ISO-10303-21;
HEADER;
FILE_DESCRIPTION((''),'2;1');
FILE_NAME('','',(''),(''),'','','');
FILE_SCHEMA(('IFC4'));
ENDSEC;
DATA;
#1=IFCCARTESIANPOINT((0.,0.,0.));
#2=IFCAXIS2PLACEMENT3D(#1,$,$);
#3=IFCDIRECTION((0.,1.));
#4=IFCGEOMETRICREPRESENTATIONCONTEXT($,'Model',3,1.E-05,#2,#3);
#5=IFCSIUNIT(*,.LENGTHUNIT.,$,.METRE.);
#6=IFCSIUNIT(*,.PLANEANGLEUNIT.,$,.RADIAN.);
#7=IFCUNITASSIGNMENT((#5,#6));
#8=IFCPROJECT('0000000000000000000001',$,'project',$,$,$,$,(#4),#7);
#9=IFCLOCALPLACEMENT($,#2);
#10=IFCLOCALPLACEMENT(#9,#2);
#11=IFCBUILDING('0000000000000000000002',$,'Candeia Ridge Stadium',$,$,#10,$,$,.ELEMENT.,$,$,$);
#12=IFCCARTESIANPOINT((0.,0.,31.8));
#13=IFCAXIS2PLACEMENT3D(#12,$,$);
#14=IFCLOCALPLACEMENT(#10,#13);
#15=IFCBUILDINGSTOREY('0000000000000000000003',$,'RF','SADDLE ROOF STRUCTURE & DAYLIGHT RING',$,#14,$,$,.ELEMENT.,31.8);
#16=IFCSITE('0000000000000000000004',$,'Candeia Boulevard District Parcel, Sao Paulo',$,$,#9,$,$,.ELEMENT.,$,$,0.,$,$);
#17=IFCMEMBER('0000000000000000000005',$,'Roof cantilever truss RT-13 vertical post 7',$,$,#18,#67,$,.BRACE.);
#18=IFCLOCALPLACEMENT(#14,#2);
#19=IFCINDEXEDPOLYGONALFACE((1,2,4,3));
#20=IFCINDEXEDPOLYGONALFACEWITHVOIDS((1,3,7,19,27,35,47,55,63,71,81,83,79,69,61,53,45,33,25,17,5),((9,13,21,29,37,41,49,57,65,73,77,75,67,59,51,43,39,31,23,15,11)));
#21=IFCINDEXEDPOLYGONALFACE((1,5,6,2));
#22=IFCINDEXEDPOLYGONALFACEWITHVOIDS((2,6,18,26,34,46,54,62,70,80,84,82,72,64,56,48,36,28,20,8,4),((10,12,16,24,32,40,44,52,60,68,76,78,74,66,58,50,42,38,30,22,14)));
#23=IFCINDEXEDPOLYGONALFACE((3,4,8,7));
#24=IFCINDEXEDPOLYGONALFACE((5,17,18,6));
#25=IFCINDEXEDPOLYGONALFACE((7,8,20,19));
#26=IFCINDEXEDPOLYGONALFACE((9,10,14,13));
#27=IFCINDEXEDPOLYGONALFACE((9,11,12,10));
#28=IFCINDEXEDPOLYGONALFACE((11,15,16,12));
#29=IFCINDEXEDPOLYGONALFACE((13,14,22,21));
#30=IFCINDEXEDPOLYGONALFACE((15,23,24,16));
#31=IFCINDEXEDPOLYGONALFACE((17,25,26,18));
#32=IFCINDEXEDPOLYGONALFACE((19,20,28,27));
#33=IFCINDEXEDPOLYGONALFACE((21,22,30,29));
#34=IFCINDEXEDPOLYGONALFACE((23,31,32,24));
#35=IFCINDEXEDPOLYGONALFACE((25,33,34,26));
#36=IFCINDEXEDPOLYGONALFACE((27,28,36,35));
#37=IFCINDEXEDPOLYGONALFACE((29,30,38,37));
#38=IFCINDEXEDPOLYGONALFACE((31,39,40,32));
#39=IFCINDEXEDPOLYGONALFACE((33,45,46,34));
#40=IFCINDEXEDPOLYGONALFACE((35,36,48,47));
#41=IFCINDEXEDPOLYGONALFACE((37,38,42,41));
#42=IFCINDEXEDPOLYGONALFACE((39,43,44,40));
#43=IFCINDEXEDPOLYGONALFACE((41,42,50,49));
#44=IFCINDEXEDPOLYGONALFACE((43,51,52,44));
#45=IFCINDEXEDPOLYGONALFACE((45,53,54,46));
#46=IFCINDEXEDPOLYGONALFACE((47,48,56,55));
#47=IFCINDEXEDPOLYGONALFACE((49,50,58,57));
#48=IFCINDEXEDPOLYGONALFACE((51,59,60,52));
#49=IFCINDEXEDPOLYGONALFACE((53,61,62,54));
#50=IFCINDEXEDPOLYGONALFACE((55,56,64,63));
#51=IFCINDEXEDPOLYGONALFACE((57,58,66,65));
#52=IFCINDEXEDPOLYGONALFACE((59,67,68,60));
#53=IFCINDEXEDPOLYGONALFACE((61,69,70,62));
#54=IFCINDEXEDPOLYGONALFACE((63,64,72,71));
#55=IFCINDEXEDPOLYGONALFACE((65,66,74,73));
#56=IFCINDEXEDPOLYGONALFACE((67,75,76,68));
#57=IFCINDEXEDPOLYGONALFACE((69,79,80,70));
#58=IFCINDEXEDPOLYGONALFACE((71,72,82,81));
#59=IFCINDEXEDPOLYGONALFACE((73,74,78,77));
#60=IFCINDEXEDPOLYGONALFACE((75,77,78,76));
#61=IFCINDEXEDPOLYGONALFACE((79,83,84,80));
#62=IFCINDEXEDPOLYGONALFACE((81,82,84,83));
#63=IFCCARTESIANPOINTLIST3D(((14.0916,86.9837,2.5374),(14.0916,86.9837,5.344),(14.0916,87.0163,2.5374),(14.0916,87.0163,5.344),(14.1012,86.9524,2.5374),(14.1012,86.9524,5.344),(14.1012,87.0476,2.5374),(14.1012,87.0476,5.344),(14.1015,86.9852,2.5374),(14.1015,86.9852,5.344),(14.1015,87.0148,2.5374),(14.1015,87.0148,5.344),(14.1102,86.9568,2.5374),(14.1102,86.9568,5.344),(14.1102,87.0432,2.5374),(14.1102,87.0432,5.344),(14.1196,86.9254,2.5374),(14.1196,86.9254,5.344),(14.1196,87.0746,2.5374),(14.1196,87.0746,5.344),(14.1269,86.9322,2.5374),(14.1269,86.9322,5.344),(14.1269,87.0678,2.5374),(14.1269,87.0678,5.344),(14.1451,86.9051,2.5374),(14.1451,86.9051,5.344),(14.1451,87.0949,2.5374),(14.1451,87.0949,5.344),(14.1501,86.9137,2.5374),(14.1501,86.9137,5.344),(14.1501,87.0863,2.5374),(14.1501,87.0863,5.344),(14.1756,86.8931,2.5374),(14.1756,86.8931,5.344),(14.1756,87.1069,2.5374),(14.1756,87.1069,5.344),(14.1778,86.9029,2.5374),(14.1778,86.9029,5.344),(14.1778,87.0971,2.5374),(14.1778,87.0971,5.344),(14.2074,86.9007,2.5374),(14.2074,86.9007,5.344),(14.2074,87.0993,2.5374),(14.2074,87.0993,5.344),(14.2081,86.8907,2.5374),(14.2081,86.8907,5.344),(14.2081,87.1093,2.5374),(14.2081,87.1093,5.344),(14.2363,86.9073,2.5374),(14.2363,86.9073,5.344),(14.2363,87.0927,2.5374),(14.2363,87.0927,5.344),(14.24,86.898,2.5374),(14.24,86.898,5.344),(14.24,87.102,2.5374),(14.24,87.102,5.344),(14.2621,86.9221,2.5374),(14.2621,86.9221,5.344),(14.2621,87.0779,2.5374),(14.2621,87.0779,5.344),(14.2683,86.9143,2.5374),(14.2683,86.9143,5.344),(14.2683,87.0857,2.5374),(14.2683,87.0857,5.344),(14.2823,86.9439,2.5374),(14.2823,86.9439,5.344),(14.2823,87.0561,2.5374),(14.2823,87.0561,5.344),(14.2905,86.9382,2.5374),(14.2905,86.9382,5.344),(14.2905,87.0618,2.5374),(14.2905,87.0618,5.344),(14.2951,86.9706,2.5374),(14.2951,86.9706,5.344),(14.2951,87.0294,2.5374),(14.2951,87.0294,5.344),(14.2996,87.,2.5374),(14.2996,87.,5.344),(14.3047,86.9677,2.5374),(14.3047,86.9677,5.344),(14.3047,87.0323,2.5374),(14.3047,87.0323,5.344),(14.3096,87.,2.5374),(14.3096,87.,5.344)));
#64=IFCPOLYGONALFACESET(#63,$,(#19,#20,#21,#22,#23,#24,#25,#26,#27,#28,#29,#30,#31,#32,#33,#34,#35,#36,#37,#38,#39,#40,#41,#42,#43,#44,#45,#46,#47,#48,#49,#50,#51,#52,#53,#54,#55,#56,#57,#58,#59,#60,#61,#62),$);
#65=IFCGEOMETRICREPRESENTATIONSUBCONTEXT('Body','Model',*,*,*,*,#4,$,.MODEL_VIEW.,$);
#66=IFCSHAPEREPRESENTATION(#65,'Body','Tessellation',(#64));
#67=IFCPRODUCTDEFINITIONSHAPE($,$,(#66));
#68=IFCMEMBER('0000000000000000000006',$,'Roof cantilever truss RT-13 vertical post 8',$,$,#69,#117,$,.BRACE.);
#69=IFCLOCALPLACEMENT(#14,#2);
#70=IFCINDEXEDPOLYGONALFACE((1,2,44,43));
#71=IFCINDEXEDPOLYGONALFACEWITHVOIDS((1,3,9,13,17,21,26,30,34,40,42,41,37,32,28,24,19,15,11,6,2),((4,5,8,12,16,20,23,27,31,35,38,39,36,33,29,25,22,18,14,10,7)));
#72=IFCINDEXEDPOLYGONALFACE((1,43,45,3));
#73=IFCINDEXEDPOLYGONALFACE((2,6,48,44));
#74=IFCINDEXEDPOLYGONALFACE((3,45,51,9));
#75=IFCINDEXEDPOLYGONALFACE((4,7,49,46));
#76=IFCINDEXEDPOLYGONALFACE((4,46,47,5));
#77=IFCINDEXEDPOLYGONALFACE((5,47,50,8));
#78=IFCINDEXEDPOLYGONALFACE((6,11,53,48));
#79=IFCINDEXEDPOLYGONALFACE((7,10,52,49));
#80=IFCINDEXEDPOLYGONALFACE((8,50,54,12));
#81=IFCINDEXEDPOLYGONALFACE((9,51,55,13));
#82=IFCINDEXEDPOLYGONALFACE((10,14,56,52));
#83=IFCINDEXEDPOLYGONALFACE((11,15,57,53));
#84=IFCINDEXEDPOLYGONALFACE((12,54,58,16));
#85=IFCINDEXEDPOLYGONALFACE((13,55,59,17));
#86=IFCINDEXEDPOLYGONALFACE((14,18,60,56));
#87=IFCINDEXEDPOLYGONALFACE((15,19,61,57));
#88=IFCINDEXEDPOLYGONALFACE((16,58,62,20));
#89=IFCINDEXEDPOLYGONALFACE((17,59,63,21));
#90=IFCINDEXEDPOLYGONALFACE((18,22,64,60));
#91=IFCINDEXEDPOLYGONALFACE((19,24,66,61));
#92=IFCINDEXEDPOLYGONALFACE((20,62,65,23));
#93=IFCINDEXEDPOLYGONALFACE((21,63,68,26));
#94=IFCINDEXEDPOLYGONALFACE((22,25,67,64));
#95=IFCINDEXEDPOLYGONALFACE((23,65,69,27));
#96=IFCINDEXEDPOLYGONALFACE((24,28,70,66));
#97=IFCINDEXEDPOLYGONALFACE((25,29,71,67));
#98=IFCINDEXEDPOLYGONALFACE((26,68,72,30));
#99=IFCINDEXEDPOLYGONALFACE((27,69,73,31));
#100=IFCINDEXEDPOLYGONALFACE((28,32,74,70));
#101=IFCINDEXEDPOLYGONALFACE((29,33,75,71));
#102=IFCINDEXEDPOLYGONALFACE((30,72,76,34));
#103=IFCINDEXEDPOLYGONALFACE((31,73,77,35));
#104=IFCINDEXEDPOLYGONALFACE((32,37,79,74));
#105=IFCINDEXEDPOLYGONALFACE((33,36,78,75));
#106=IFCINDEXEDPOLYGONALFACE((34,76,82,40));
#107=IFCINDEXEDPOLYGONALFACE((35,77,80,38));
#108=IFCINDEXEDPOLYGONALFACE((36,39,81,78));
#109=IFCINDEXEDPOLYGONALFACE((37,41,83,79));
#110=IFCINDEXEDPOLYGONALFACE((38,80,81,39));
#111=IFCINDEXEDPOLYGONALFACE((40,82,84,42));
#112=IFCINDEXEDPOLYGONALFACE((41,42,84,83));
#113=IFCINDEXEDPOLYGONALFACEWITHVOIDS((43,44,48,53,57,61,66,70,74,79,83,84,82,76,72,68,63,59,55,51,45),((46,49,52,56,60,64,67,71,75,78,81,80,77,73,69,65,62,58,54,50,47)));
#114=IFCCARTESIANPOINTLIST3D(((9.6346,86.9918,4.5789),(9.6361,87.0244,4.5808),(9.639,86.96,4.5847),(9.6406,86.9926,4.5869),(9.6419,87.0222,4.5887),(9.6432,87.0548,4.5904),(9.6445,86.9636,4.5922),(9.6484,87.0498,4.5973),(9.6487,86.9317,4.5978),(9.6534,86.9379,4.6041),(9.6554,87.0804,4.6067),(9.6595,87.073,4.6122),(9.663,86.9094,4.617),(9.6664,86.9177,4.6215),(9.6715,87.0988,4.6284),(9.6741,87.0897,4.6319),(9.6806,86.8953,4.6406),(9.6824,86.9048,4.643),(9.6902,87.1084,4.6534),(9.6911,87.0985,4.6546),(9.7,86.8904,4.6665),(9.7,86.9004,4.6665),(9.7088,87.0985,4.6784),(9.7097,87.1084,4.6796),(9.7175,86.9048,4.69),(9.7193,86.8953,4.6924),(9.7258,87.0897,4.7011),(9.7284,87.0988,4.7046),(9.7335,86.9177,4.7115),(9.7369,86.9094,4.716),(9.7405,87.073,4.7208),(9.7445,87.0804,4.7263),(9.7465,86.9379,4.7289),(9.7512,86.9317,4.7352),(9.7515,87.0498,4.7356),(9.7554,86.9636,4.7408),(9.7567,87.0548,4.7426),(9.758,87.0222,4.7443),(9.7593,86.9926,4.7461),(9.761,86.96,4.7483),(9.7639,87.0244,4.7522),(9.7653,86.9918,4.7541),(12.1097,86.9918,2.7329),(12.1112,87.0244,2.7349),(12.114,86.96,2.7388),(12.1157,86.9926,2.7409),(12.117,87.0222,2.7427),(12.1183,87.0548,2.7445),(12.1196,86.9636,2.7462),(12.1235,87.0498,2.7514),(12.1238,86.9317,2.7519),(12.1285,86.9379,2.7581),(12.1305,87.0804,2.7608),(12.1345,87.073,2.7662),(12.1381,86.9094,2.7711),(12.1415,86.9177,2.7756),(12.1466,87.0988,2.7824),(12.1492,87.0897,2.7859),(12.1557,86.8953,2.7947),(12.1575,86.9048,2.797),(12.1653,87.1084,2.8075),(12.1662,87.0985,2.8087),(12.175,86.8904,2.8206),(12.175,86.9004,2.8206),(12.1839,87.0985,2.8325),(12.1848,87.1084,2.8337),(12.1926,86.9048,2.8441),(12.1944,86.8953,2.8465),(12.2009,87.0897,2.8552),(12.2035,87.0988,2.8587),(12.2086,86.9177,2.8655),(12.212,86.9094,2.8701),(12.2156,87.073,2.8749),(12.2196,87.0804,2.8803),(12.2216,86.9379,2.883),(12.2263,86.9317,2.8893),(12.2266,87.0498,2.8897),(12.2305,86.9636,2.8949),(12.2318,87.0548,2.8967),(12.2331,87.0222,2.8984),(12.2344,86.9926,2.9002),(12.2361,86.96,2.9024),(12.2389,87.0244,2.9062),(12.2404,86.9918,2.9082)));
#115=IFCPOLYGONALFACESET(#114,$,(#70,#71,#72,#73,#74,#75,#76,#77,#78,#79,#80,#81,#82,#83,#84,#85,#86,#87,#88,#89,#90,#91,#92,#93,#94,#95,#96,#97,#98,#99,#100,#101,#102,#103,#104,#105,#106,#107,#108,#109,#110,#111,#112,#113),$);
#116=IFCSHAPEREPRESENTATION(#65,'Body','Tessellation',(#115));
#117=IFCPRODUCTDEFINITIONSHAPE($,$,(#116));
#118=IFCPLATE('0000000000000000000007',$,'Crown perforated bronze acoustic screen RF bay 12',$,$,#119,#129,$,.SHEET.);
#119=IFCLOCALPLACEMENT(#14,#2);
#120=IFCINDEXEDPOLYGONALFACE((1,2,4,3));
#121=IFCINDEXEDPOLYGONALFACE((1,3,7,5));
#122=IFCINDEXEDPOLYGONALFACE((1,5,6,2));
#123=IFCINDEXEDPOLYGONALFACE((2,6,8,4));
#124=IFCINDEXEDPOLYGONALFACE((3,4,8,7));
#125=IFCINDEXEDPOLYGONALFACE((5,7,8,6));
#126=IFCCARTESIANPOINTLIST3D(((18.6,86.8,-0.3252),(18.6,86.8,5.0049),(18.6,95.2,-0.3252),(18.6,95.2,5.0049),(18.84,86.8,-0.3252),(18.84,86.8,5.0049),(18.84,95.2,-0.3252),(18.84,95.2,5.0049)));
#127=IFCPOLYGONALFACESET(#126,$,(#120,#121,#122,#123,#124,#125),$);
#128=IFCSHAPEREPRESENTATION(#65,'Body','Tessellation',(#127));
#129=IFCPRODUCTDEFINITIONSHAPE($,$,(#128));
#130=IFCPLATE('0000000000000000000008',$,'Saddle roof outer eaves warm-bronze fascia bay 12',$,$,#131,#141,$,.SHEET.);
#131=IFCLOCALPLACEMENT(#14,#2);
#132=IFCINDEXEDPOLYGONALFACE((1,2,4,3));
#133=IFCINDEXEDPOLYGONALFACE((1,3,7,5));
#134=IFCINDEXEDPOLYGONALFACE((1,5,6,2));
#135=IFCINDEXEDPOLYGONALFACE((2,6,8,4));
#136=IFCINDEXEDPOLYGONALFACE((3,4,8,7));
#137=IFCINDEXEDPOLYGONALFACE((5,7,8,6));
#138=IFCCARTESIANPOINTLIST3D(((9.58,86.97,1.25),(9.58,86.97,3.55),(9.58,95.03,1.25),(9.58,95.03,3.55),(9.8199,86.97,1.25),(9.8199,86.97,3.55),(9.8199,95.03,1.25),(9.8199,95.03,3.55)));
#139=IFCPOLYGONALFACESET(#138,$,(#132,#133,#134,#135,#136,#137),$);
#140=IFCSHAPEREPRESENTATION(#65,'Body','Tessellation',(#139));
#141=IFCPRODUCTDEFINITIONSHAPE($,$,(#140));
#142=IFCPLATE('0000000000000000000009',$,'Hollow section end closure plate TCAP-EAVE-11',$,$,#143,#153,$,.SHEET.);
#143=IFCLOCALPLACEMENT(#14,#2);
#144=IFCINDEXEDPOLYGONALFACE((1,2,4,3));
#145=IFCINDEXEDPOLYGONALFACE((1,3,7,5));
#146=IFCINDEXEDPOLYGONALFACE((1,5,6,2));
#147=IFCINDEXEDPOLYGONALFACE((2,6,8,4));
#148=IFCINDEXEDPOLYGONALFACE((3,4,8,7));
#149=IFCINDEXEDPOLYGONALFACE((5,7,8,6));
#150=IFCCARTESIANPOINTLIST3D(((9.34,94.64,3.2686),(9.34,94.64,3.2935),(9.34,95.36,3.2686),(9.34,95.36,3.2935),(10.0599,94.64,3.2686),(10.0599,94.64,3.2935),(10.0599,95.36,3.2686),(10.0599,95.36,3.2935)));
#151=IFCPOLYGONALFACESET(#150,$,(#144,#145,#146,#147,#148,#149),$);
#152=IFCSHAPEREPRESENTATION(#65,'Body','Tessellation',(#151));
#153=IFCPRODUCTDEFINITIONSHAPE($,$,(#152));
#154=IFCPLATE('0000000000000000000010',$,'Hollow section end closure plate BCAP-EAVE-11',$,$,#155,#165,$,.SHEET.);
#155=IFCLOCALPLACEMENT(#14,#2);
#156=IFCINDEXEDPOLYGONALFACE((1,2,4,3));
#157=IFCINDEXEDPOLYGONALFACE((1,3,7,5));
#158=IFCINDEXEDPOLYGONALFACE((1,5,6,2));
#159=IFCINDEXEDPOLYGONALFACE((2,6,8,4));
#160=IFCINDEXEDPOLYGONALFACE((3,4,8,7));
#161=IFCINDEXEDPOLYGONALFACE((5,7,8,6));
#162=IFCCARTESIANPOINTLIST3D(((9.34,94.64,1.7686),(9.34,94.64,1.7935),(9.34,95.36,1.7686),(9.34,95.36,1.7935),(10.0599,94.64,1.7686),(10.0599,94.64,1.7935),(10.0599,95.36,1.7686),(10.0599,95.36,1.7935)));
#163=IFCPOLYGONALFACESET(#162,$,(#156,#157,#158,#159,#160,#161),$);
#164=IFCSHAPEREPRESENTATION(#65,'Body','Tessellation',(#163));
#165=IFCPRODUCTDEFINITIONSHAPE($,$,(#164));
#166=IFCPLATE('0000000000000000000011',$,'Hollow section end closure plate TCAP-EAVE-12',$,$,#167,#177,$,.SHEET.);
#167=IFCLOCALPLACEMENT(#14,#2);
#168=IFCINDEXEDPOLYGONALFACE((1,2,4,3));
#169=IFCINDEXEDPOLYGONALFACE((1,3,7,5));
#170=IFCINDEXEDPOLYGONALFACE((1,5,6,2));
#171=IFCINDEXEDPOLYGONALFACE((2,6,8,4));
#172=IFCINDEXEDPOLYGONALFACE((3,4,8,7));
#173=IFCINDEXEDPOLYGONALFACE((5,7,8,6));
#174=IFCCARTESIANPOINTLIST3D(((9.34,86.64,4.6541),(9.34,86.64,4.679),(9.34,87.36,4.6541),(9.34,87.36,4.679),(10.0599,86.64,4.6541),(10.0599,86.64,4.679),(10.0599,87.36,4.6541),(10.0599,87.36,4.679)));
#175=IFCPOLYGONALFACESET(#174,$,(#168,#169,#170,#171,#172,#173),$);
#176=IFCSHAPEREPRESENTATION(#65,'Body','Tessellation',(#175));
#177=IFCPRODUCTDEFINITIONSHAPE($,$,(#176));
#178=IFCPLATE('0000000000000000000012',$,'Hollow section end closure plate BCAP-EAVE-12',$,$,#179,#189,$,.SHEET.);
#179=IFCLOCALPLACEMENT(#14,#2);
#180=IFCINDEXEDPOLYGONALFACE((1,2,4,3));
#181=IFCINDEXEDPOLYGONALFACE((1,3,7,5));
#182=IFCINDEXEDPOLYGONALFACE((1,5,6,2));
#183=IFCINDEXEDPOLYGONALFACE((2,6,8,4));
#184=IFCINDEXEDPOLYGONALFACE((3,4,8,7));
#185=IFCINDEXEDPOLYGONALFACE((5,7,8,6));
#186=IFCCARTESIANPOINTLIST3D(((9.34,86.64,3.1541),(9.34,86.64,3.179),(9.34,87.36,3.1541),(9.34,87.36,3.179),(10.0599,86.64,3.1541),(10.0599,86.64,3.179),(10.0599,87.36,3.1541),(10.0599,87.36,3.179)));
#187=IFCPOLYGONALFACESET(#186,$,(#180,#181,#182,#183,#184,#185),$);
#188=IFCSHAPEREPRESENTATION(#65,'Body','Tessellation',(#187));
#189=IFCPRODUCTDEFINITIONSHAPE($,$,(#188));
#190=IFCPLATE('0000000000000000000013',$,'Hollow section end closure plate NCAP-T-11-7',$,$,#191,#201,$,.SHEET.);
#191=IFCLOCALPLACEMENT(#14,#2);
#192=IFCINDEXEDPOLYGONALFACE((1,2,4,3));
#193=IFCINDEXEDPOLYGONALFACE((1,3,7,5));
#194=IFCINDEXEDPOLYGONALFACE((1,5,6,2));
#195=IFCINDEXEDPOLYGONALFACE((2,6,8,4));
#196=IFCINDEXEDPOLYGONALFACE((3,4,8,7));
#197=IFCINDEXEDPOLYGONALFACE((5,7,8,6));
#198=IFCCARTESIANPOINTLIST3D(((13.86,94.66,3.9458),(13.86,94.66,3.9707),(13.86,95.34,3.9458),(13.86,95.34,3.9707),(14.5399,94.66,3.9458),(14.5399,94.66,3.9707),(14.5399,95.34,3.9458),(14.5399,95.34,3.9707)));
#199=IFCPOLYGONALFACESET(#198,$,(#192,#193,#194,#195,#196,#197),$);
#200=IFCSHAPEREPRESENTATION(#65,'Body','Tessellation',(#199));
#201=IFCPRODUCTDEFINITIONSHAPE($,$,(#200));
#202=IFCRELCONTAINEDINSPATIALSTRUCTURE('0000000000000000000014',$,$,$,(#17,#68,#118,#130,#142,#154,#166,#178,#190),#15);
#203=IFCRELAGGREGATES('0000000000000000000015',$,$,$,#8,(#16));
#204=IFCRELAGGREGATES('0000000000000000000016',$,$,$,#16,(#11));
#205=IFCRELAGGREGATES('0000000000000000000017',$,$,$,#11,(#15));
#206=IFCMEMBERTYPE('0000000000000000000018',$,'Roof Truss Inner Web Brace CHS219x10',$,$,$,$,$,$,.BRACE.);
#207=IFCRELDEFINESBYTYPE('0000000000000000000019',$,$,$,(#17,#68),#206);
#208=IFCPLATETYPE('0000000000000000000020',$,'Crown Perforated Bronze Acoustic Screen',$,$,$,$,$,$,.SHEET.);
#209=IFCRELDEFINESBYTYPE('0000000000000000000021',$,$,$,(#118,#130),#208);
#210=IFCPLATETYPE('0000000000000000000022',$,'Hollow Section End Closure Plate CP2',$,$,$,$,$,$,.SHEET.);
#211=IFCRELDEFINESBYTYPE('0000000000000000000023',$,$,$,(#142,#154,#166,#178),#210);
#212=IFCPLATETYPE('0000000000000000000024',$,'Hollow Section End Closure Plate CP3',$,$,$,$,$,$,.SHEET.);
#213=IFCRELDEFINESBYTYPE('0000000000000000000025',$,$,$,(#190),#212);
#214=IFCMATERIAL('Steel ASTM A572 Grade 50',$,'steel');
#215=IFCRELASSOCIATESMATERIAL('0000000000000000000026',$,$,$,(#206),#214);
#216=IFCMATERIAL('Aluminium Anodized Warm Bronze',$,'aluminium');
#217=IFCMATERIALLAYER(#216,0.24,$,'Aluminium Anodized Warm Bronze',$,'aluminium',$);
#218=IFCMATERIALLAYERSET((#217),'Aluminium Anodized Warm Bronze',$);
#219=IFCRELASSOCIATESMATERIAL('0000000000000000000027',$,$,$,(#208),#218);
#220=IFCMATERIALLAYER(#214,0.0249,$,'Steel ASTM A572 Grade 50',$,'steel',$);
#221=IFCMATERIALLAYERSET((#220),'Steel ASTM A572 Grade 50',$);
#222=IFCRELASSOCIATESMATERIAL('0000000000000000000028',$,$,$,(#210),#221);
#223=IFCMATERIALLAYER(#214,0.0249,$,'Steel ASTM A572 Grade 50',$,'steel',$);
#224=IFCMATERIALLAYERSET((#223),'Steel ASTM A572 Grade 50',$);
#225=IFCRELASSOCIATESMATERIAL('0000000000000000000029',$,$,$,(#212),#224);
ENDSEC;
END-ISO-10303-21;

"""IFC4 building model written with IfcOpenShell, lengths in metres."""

from ifc_helpers import new_model, si_unit, direction, frame, origin, origin_2d, place, context, subcontext, project, spatial, rectangle, hollow_circle, extrude, material, layer, layer_set, material_profile, profile_set, type_object, element, save


model = new_model("IFC4")

# Units and contexts
model_context = context("Model", 3, precision=1e-05, world=origin(), true_north=direction((0.0, 1.0)))
body_context = subcontext(model_context, "Body", "Model", "MODEL_VIEW")
ifc_project = project(units=[si_unit("LENGTHUNIT", "METRE"), si_unit("PLANEANGLEUNIT", "RADIAN")], contexts=[model_context])

# Site, building, storey
site_placement = place(None, origin())
site = spatial("IfcSite", under=ifc_project, at=site_placement, Name="Candeia Boulevard District Parcel, Sao Paulo", CompositionType="ELEMENT", RefElevation=0.0)
building_placement = place(site_placement, origin())
building = spatial("IfcBuilding", under=site, at=building_placement, Name="Candeia Ridge Stadium", CompositionType="ELEMENT")
storey_placement = place(building_placement, frame((0.0, 0.0, 31.8)))
storey = spatial("IfcBuildingStorey", under=building, at=storey_placement, Name="RF", Description="SADDLE ROOF STRUCTURE & DAYLIGHT RING", CompositionType="ELEMENT", Elevation=31.8)

# Shared definitions
ifc_material_1 = material(Name="Steel ASTM A572 Grade 50", Category="steel")

# Members
ifc_material_profile_1 = material_profile(ifc_material_1, hollow_circle(Radius=0.1096, WallThickness=0.01, at=origin_2d()), Name="CHS219x10", Category="steel")
ifc_profile_set_1 = profile_set([ifc_material_profile_1], Name="Steel ASTM A572 Grade 50")
member_type_1 = type_object("IfcMemberType", Name="Roof Truss Inner Web Brace CHS219x10", PredefinedType="BRACE", material=ifc_profile_set_1)
member_1_placement = place(storey_placement, frame((14.2, 87.0, 2.5374), z_axis=(0.0, 0.0, 1.0), x_axis=(1.0, 0.0, 0.0)))
element("IfcMember", 1, at=member_1_placement, inside=storey, type_object=member_type_1, Name="Roof cantilever truss RT-13 vertical post 7", PredefinedType="BRACE", context=body_context, shape_type="SweptSolid", body=[
    extrude(hollow_circle(Radius=0.1096, WallThickness=0.01, at=origin_2d()), origin(), (0.0, 0.0, 1.0), 2.8066),
])
member_2_placement = place(storey_placement, frame((12.175, 87.0, 2.8206), z_axis=(-0.80161, 0.0, 0.597847), x_axis=(0.0, -1.0, 0.0)))
element("IfcMember", 2, at=member_2_placement, inside=storey, type_object=member_type_1, Name="Roof cantilever truss RT-13 vertical post 8", PredefinedType="BRACE", context=body_context, shape_type="SweptSolid", body=[
    extrude(hollow_circle(Radius=0.1096, WallThickness=0.01, at=origin_2d()), origin(), (0.0, 0.0, 1.0), 3.0876),
])

# Plates
ifc_material_2 = material(Name="Aluminium Anodized Warm Bronze", Category="aluminium")
ifc_layer_1 = layer(ifc_material_2, 0.24, Name="Aluminium Anodized Warm Bronze", Category="aluminium")
ifc_layer_set_1 = layer_set([ifc_layer_1], Name="Aluminium Anodized Warm Bronze")
plate_type_1 = type_object("IfcPlateType", Name="Crown Perforated Bronze Acoustic Screen", PredefinedType="SHEET", material=ifc_layer_set_1)
plate_1_placement = place(storey_placement, frame((18.72, 91.0, -0.3252), z_axis=(0.0, 0.0, 1.0), x_axis=(0.0, -1.0, 0.0)))
element("IfcPlate", 3, at=plate_1_placement, inside=storey, type_object=plate_type_1, Name="Crown perforated bronze acoustic screen RF bay 12", PredefinedType="SHEET", context=body_context, shape_type="SweptSolid", body=[
    extrude(rectangle(XDim=8.3999, YDim=0.24, at=origin_2d()), origin(), (0.0, 0.0, 1.0), 5.3301),
])
plate_2_placement = place(storey_placement, frame((9.7, 91.0, 1.25), z_axis=(0.0, 0.0, 1.0), x_axis=(0.0, -1.0, 0.0)))
element("IfcPlate", 4, at=plate_2_placement, inside=storey, type_object=plate_type_1, Name="Saddle roof outer eaves warm-bronze fascia bay 12", PredefinedType="SHEET", context=body_context, shape_type="SweptSolid", body=[
    extrude(rectangle(XDim=8.0601, YDim=0.24, at=origin_2d()), origin(), (0.0, 0.0, 1.0), 2.3),
])
ifc_layer_2 = layer(ifc_material_1, 0.0249, Name="Steel ASTM A572 Grade 50", Category="steel")
ifc_layer_set_2 = layer_set([ifc_layer_2], Name="Steel ASTM A572 Grade 50")
plate_type_2 = type_object("IfcPlateType", Name="Hollow Section End Closure Plate CP2", PredefinedType="SHEET", material=ifc_layer_set_2)
for number, where, z_axis, x_axis, name in (
    (5, (9.7, 95.0, 3.2686), (0.0, 0.0, 1.0), (1.0, 0.0, 0.0), "Hollow section end closure plate TCAP-EAVE-11"),
    (6, (9.7, 95.0, 1.7686), (0.0, 0.0, 1.0), (1.0, 0.0, 0.0), "Hollow section end closure plate BCAP-EAVE-11"),
    (7, (9.7, 87.0, 4.6541), (0.0, 0.0, 1.0), (1.0, 0.0, 0.0), "Hollow section end closure plate TCAP-EAVE-12"),
    (8, (9.7, 87.0, 3.1541), (0.0, 0.0, 1.0), (1.0, 0.0, 0.0), "Hollow section end closure plate BCAP-EAVE-12"),
):
    element("IfcPlate", number, at=place(storey_placement, frame(where, z_axis=z_axis, x_axis=x_axis)), inside=storey, type_object=plate_type_2, Name=name, PredefinedType="SHEET", context=body_context, shape_type="SweptSolid", body=[
        extrude(rectangle(XDim=0.72, YDim=0.72, at=origin_2d()), origin(), (0.0, 0.0, 1.0), 0.0249),
    ])
ifc_layer_3 = layer(ifc_material_1, 0.0249, Name="Steel ASTM A572 Grade 50", Category="steel")
ifc_layer_set_3 = layer_set([ifc_layer_3], Name="Steel ASTM A572 Grade 50")
plate_type_3 = type_object("IfcPlateType", Name="Hollow Section End Closure Plate CP3", PredefinedType="SHEET", material=ifc_layer_set_3)
for number, where, z_axis, x_axis, name in (
    (9, (14.2, 95.0, 3.9458), (0.0, 0.0, 1.0), (1.0, 0.0, 0.0), "Hollow section end closure plate NCAP-T-11-7"),
):
    element("IfcPlate", number, at=place(storey_placement, frame(where, z_axis=z_axis, x_axis=x_axis)), inside=storey, type_object=plate_type_3, Name=name, PredefinedType="SHEET", context=body_context, shape_type="SweptSolid", body=[
        extrude(rectangle(XDim=0.6799, YDim=0.6799, at=origin_2d()), origin(), (0.0, 0.0, 1.0), 0.0249),
    ])

save(model, "model.ifc")
